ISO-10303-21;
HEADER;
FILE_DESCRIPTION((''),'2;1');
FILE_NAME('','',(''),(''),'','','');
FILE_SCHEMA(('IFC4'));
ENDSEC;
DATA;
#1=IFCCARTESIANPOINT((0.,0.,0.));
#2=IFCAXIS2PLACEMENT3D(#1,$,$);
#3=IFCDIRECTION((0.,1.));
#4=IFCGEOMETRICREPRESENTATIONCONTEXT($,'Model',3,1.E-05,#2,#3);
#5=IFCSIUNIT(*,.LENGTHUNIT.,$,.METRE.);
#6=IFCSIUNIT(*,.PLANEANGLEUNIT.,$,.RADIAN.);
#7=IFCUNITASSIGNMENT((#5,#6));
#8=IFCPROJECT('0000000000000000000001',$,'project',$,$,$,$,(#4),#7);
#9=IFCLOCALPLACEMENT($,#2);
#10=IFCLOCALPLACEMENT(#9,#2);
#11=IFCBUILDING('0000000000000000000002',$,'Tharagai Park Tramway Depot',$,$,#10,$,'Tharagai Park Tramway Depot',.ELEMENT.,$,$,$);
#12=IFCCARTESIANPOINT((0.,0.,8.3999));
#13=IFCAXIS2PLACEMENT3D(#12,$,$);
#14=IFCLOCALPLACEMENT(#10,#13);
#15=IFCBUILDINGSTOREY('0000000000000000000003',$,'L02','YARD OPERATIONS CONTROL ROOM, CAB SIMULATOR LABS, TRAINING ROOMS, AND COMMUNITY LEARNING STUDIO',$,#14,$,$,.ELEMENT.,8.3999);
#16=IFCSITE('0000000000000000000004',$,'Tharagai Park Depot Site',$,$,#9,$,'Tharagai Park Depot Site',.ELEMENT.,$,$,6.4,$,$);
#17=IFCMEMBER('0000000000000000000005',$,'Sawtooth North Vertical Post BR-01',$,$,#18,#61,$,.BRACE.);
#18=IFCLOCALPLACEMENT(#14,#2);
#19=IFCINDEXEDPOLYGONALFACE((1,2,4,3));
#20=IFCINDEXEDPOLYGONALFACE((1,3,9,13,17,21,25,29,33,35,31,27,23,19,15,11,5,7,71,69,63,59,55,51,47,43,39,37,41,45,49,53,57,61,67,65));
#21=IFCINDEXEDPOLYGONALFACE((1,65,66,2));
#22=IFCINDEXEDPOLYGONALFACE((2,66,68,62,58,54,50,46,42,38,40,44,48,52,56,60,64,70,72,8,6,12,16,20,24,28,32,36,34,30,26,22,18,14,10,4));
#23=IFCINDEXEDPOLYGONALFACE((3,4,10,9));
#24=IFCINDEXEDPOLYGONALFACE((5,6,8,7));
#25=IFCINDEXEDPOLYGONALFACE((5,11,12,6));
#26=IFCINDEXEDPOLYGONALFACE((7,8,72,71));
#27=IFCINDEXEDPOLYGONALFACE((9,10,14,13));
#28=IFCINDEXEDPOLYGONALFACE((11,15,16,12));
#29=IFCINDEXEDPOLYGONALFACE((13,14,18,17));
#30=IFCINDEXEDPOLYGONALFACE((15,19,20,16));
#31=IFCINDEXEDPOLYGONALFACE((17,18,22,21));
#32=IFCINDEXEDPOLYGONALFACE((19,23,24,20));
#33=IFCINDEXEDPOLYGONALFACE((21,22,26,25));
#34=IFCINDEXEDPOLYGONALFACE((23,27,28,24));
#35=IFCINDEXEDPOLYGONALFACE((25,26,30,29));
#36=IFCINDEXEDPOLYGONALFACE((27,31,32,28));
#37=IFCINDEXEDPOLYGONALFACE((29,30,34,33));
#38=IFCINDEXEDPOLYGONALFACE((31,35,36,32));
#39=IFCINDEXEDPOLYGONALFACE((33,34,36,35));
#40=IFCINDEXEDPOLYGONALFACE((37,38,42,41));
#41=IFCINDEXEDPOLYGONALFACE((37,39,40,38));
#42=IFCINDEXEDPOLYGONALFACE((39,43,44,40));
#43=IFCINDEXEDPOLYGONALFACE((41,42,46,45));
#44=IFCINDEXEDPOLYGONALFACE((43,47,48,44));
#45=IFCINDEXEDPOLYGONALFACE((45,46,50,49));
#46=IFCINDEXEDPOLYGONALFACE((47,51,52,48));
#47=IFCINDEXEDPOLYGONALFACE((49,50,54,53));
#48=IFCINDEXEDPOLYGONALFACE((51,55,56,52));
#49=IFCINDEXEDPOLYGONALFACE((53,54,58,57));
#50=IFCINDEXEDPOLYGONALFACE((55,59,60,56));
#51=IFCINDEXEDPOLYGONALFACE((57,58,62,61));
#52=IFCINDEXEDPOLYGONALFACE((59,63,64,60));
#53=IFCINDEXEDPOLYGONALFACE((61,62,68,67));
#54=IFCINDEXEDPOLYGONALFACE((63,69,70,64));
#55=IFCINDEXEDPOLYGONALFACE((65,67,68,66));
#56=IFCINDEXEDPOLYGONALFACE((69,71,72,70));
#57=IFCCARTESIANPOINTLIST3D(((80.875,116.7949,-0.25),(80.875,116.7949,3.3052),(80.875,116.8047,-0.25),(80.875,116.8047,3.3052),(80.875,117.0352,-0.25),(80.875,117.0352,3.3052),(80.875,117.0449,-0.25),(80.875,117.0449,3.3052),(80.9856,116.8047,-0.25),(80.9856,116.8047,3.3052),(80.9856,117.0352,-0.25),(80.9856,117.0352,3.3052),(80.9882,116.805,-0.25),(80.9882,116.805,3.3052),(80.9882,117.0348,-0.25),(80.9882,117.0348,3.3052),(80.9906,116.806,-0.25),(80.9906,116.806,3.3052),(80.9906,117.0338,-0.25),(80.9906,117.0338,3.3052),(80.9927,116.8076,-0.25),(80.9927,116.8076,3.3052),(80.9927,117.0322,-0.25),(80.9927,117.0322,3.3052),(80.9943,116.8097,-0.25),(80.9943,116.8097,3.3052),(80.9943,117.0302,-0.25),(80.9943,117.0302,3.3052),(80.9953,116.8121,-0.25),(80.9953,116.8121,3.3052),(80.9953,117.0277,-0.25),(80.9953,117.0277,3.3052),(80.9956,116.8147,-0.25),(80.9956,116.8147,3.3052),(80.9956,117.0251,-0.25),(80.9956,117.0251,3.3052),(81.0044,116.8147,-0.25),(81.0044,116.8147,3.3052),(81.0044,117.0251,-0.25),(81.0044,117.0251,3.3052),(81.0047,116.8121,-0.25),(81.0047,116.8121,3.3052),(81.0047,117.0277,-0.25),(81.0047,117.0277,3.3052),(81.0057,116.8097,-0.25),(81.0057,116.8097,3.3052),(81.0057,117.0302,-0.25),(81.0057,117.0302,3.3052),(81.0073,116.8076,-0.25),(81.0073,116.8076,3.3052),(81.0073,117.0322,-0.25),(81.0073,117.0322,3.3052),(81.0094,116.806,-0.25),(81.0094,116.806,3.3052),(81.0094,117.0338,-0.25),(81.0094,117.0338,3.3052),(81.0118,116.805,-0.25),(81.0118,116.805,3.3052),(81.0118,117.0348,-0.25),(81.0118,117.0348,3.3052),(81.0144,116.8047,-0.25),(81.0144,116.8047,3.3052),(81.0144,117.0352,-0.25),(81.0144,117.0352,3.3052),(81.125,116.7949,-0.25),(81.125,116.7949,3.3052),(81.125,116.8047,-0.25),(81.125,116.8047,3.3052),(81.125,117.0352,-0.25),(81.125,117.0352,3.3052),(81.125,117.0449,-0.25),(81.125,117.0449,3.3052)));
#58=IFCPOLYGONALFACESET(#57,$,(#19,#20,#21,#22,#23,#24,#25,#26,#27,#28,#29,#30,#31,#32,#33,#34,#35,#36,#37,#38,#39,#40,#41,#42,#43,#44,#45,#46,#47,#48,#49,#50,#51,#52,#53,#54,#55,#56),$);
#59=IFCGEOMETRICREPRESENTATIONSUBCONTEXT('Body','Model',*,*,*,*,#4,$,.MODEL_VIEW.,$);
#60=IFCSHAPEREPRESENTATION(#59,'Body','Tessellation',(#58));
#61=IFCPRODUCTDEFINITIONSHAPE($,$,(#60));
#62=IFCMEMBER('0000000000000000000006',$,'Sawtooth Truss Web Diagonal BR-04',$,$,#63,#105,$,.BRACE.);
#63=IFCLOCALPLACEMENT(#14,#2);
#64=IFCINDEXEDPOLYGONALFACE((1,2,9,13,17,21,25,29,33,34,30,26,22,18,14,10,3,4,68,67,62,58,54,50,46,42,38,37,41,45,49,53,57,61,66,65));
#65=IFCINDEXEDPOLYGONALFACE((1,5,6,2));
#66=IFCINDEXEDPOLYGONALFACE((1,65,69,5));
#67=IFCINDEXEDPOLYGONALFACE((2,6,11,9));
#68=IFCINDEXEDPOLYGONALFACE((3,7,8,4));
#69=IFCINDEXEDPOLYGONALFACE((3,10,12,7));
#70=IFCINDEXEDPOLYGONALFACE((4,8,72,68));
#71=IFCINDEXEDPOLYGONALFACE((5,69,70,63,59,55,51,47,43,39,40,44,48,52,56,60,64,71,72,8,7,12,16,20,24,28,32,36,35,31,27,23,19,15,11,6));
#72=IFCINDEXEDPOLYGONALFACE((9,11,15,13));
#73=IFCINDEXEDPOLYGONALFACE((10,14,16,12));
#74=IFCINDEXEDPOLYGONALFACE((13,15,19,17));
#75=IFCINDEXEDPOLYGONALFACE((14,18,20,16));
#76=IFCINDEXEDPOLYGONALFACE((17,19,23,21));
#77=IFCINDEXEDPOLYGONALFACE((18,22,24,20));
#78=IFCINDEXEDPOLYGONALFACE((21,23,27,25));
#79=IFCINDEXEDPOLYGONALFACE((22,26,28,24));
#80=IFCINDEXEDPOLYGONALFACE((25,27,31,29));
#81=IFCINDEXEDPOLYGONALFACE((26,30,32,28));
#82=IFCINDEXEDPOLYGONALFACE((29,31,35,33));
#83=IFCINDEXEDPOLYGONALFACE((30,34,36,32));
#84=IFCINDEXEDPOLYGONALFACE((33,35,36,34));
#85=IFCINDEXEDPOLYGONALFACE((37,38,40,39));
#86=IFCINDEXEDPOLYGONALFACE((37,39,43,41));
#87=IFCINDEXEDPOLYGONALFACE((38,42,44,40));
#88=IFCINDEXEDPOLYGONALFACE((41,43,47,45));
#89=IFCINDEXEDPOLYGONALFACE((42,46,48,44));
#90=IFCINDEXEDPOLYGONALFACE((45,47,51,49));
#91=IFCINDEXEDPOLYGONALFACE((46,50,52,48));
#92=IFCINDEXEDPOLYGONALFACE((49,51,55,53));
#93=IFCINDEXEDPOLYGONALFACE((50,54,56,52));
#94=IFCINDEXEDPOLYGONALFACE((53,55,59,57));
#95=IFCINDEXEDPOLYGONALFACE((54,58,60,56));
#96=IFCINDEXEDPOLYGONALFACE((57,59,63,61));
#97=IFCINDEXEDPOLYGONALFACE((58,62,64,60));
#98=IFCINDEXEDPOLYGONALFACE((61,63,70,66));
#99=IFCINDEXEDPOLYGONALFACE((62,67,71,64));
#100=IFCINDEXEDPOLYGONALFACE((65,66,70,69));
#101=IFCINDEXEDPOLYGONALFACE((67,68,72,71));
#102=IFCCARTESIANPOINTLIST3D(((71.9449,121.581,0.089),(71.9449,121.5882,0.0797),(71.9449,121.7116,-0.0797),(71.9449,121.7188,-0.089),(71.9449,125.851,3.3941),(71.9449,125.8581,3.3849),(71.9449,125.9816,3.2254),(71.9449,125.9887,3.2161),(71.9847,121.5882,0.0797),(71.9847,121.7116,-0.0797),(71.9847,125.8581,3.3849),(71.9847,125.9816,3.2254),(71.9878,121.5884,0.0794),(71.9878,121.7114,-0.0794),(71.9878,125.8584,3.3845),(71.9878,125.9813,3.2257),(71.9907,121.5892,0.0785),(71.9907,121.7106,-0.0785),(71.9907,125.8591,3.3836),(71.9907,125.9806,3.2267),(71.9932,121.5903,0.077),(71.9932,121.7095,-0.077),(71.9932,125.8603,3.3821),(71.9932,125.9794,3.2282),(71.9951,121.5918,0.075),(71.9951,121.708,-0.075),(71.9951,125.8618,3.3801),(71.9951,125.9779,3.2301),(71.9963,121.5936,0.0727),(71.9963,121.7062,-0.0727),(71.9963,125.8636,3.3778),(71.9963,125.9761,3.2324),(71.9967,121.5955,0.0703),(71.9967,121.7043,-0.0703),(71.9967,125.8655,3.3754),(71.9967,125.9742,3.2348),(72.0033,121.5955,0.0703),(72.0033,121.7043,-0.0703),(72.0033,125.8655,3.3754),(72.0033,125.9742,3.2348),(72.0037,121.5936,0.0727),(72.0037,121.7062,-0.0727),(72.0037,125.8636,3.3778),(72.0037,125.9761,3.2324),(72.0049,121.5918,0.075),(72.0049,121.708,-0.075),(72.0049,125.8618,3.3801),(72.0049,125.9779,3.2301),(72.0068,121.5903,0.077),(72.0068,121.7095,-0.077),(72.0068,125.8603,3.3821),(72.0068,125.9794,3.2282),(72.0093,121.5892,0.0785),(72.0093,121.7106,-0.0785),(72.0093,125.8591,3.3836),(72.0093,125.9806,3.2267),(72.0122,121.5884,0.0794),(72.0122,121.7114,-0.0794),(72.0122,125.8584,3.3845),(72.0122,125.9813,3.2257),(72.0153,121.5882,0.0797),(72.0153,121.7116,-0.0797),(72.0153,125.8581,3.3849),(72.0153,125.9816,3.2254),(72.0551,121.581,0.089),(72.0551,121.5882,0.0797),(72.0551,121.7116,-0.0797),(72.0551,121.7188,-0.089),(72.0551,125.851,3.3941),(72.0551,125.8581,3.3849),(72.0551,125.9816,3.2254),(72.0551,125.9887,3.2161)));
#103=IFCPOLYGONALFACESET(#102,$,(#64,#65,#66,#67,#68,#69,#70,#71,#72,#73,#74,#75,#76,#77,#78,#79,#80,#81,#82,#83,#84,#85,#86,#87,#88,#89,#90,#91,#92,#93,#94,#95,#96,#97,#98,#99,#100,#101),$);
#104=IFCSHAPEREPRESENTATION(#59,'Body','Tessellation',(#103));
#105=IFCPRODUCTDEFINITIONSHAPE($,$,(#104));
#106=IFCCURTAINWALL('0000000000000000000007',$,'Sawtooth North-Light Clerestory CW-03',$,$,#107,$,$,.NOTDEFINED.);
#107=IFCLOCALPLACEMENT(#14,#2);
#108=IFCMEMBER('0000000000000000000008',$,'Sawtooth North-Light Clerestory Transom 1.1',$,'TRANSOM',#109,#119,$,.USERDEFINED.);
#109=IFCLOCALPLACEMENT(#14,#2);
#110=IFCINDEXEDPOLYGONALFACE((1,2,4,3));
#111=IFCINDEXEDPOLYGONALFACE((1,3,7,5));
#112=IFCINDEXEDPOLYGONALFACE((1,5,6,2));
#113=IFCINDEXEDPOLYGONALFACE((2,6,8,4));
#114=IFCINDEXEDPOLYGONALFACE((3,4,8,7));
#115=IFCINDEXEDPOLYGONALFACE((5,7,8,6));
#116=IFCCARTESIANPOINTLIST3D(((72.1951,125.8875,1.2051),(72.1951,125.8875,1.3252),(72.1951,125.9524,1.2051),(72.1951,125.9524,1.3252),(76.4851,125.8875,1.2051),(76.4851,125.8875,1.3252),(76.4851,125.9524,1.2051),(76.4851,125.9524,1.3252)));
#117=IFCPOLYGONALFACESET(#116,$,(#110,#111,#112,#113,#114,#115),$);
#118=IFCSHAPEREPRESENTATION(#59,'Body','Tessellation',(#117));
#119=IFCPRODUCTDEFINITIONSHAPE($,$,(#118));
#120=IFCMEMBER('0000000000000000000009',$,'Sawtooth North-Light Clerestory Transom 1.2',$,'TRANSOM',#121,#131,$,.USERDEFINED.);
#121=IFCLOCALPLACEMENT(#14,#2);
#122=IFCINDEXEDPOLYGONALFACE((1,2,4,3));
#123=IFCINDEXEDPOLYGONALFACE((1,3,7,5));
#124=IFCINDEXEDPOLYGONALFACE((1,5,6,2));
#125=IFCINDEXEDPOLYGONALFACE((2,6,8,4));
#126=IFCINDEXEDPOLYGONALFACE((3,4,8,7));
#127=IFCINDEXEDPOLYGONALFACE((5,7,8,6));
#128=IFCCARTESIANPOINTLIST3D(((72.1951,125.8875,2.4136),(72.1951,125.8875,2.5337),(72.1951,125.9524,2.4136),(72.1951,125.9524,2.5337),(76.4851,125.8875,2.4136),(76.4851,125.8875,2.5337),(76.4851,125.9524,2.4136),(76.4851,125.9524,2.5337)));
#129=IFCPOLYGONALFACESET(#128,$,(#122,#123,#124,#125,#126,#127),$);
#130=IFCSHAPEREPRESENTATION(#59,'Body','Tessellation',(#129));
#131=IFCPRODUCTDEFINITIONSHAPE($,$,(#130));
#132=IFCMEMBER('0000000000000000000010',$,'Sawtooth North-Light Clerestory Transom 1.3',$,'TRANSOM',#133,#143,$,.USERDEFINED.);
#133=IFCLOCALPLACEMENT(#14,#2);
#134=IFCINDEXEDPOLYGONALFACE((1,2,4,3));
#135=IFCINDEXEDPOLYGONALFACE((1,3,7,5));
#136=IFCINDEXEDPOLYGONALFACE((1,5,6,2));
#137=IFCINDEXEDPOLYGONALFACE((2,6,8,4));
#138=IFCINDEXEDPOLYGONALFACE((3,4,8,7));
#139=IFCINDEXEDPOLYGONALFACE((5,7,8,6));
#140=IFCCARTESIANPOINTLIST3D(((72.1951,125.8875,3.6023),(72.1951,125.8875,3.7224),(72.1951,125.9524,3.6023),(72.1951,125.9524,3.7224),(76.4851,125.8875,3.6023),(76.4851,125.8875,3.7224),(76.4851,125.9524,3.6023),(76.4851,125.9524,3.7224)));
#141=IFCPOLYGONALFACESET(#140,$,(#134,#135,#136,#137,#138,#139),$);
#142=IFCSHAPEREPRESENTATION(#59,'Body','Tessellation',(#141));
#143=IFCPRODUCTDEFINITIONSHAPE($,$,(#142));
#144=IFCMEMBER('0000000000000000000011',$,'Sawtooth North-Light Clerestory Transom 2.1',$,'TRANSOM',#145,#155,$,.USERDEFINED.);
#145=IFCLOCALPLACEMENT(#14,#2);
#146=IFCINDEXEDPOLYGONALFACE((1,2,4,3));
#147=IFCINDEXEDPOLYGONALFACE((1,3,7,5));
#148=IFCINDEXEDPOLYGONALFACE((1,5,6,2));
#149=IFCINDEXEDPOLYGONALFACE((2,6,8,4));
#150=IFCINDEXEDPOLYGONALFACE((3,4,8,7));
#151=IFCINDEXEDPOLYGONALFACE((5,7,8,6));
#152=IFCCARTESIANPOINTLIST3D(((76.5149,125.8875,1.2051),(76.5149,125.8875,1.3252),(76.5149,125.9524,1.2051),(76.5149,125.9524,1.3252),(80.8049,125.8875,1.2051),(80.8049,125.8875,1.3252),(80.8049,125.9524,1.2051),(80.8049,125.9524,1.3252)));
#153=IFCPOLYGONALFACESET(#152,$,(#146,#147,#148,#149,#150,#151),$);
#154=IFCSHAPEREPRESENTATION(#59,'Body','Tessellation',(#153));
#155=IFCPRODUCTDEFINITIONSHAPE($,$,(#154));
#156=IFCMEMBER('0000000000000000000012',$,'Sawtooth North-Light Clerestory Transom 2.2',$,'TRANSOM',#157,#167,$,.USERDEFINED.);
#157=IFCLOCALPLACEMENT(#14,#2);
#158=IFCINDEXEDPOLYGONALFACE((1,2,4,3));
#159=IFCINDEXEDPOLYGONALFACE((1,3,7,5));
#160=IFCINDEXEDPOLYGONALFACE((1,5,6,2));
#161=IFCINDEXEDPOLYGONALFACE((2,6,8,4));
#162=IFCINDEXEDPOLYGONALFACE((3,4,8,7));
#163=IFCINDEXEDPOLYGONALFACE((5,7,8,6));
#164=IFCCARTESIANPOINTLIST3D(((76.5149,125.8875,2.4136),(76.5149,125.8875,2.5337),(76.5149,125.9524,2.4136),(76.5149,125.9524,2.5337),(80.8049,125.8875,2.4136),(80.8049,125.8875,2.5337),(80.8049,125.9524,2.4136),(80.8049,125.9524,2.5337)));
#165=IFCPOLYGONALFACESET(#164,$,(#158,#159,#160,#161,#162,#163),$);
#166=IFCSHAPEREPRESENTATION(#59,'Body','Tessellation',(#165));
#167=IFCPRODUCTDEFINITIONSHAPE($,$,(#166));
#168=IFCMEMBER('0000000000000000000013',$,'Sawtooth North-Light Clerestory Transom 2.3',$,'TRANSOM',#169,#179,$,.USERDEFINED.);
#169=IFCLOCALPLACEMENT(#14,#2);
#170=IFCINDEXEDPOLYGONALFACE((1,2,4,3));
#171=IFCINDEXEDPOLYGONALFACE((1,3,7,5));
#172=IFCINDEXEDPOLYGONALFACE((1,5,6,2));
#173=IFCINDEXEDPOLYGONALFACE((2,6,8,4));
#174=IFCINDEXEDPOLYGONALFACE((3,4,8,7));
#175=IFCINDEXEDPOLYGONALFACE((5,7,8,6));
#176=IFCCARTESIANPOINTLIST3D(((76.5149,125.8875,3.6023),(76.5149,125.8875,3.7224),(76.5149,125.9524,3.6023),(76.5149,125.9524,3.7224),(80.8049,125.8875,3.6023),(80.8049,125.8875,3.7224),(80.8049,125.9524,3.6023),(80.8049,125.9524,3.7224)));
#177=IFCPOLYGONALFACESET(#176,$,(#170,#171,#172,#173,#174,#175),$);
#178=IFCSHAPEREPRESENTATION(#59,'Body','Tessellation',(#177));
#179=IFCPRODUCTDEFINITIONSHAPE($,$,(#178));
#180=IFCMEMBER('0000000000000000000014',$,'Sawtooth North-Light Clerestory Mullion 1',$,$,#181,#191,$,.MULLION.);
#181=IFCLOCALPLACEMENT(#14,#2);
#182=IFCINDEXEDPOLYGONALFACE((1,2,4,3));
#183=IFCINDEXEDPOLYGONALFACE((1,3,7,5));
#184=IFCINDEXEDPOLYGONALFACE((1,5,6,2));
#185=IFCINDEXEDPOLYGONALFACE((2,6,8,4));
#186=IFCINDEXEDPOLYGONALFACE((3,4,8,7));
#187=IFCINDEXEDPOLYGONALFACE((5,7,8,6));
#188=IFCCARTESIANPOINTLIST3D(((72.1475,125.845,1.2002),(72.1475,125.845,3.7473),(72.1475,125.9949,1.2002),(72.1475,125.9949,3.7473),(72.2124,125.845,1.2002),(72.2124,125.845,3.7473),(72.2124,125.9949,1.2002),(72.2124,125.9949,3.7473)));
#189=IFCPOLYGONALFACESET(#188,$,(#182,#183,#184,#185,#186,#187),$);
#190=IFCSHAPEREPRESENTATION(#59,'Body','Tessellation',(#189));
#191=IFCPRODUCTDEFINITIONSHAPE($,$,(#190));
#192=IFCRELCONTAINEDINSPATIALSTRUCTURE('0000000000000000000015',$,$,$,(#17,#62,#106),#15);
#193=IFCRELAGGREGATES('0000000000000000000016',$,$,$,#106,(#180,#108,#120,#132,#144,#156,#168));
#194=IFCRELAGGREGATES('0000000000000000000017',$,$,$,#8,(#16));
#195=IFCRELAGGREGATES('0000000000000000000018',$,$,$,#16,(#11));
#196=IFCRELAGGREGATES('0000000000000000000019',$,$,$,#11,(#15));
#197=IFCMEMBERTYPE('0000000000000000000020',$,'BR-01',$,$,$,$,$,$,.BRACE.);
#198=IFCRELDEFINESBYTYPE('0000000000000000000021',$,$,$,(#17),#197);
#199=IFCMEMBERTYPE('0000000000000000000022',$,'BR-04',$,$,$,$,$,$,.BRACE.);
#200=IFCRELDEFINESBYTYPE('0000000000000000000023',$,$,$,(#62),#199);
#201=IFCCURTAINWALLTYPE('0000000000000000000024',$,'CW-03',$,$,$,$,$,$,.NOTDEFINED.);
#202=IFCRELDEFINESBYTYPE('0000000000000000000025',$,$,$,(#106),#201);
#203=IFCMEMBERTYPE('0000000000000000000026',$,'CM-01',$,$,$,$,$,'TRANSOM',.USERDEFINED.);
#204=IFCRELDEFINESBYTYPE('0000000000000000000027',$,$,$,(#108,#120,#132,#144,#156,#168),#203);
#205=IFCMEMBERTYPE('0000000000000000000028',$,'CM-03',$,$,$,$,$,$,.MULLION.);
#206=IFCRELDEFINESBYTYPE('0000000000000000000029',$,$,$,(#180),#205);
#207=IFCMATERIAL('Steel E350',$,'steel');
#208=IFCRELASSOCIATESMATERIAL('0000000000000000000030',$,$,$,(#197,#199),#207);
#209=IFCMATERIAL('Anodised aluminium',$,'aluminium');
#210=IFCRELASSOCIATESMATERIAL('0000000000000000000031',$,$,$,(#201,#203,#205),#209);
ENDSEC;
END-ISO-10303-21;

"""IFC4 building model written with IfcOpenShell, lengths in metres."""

from ifc_helpers import new_model, si_unit, direction, frame, origin, origin_2d, place, context, subcontext, project, spatial, rectangle, i_section, extrude, material, material_profile, profile_set, type_object, element, aggregate, save


model = new_model("IFC4")

# Units and contexts
model_context = context("Model", 3, precision=1e-05, world=origin(), true_north=direction((0.0, 1.0)))
body_context = subcontext(model_context, "Body", "Model", "MODEL_VIEW")
ifc_project = project(units=[si_unit("LENGTHUNIT", "METRE"), si_unit("PLANEANGLEUNIT", "RADIAN")], contexts=[model_context])

# Site, building, storey
site_placement = place(None, origin())
site = spatial("IfcSite", under=ifc_project, at=site_placement, Name="Tharagai Park Depot Site", LongName="Tharagai Park Depot Site", CompositionType="ELEMENT", RefElevation=6.4)
building_placement = place(site_placement, origin())
building = spatial("IfcBuilding", under=site, at=building_placement, Name="Tharagai Park Tramway Depot", LongName="Tharagai Park Tramway Depot", CompositionType="ELEMENT")
storey_placement = place(building_placement, frame((0.0, 0.0, 8.3999)))
storey = spatial("IfcBuildingStorey", under=building, at=storey_placement, Name="L02", Description="YARD OPERATIONS CONTROL ROOM, CAB SIMULATOR LABS, TRAINING ROOMS, AND COMMUNITY LEARNING STUDIO", CompositionType="ELEMENT", Elevation=8.3999)

# Shared definitions
ifc_material_1 = material(Name="Steel E350", Category="steel")

# Members
ifc_material_profile_1 = material_profile(ifc_material_1, i_section(OverallWidth=0.25, OverallDepth=0.25, WebThickness=0.0088, FlangeThickness=0.0098, FilletRadius=0.01, at=origin_2d()), Name="ISHB 250")
ifc_profile_set_1 = profile_set([ifc_material_profile_1], Name="Steel E350")
member_type_1 = type_object("IfcMemberType", Name="BR-01", PredefinedType="BRACE", material=ifc_profile_set_1)
for number, where, z_axis, x_axis, name in (
    (1, (81.0, 116.9199, -0.25), (0.0, 0.0, 1.0), (1.0, 0.0, 0.0), "Sawtooth North Vertical Post BR-01"),
):
    element("IfcMember", number, at=place(storey_placement, frame(where, z_axis=z_axis, x_axis=x_axis)), inside=storey, type_object=member_type_1, Name=name, PredefinedType="BRACE", context=body_context, shape_type="SweptSolid", body=[
        extrude(i_section(OverallWidth=0.25, OverallDepth=0.25, WebThickness=0.0088, FlangeThickness=0.0098, FilletRadius=0.01, at=origin_2d()), origin(), (0.0, 0.0, 1.0), 3.5552),
    ])
ifc_material_profile_2 = material_profile(ifc_material_1, i_section(OverallWidth=0.1101, OverallDepth=0.2251, WebThickness=0.0066, FlangeThickness=0.0117, FilletRadius=0.012, at=origin_2d()), Name="ISMB 225")
ifc_profile_set_2 = profile_set([ifc_material_profile_2], Name="Steel E350")
member_type_2 = type_object("IfcMemberType", Name="BR-04", PredefinedType="BRACE", material=ifc_profile_set_2)
member_1_placement = place(storey_placement, frame((72.0, 121.6499, 0.0), z_axis=(0.0, 0.790782, 0.612098), x_axis=(-1.0, 0.0, 0.0)))
element("IfcMember", 2, at=member_1_placement, inside=storey, type_object=member_type_2, Name="Sawtooth Truss Web Diagonal BR-04", PredefinedType="BRACE", context=body_context, shape_type="SweptSolid", body=[
    extrude(i_section(OverallWidth=0.1101, OverallDepth=0.2251, WebThickness=0.0066, FlangeThickness=0.0117, FilletRadius=0.012, at=origin_2d()), origin(), (0.0, 0.0, 1.0), 5.3997),
])

# Curtain wall, members
ifc_material_2 = material(Name="Anodised aluminium", Category="aluminium")
curtain_wall_type = type_object("IfcCurtainWallType", Name="CW-03", PredefinedType="NOTDEFINED", material=ifc_material_2)
curtain_wall_placement = place(storey_placement, origin())
curtain_wall = element("IfcCurtainWall", 3, at=curtain_wall_placement, inside=storey, type_object=curtain_wall_type, Name="Sawtooth North-Light Clerestory CW-03", PredefinedType="NOTDEFINED")
ifc_material_profile_3 = material_profile(ifc_material_2, rectangle(XDim=0.0649, YDim=0.1201, at=origin_2d()), Name="ALU 65x120")
ifc_profile_set_3 = profile_set([ifc_material_profile_3], Name="Anodised aluminium")
member_type_3 = type_object("IfcMemberType", Name="CM-01", ElementType="TRANSOM", PredefinedType="USERDEFINED", material=ifc_profile_set_3)
member_2_placement = place(storey_placement, frame((72.1951, 125.9199, 1.2651), z_axis=(1.0, 0.0, 0.0), x_axis=(0.0, 1.0, 0.0)))
member_2 = element("IfcMember", 4, at=member_2_placement, type_object=member_type_3, Name="Sawtooth North-Light Clerestory Transom 1.1", ObjectType="TRANSOM", PredefinedType="USERDEFINED", context=body_context, shape_type="SweptSolid", body=[
    extrude(rectangle(XDim=0.0649, YDim=0.1201, at=origin_2d()), origin(), (0.0, 0.0, 1.0), 4.29),
])
member_3_placement = place(storey_placement, frame((72.1951, 125.9199, 2.4736), z_axis=(1.0, 0.0, 0.0), x_axis=(0.0, 1.0, 0.0)))
member_3 = element("IfcMember", 5, at=member_3_placement, type_object=member_type_3, Name="Sawtooth North-Light Clerestory Transom 1.2", ObjectType="TRANSOM", PredefinedType="USERDEFINED", context=body_context, shape_type="SweptSolid", body=[
    extrude(rectangle(XDim=0.0649, YDim=0.1201, at=origin_2d()), origin(), (0.0, 0.0, 1.0), 4.29),
])
member_4_placement = place(storey_placement, frame((72.1951, 125.9199, 3.6624), z_axis=(1.0, 0.0, 0.0), x_axis=(0.0, 1.0, 0.0)))
member_4 = element("IfcMember", 6, at=member_4_placement, type_object=member_type_3, Name="Sawtooth North-Light Clerestory Transom 1.3", ObjectType="TRANSOM", PredefinedType="USERDEFINED", context=body_context, shape_type="SweptSolid", body=[
    extrude(rectangle(XDim=0.0649, YDim=0.1201, at=origin_2d()), origin(), (0.0, 0.0, 1.0), 4.29),
])
member_5_placement = place(storey_placement, frame((76.5149, 125.9199, 1.2651), z_axis=(1.0, 0.0, 0.0), x_axis=(0.0, 1.0, 0.0)))
member_5 = element("IfcMember", 7, at=member_5_placement, type_object=member_type_3, Name="Sawtooth North-Light Clerestory Transom 2.1", ObjectType="TRANSOM", PredefinedType="USERDEFINED", context=body_context, shape_type="SweptSolid", body=[
    extrude(rectangle(XDim=0.0649, YDim=0.1201, at=origin_2d()), origin(), (0.0, 0.0, 1.0), 4.29),
])
member_6_placement = place(storey_placement, frame((76.5149, 125.9199, 2.4736), z_axis=(1.0, 0.0, 0.0), x_axis=(0.0, 1.0, 0.0)))
member_6 = element("IfcMember", 8, at=member_6_placement, type_object=member_type_3, Name="Sawtooth North-Light Clerestory Transom 2.2", ObjectType="TRANSOM", PredefinedType="USERDEFINED", context=body_context, shape_type="SweptSolid", body=[
    extrude(rectangle(XDim=0.0649, YDim=0.1201, at=origin_2d()), origin(), (0.0, 0.0, 1.0), 4.29),
])
member_7_placement = place(storey_placement, frame((76.5149, 125.9199, 3.6624), z_axis=(1.0, 0.0, 0.0), x_axis=(0.0, 1.0, 0.0)))
member_7 = element("IfcMember", 9, at=member_7_placement, type_object=member_type_3, Name="Sawtooth North-Light Clerestory Transom 2.3", ObjectType="TRANSOM", PredefinedType="USERDEFINED", context=body_context, shape_type="SweptSolid", body=[
    extrude(rectangle(XDim=0.0649, YDim=0.1201, at=origin_2d()), origin(), (0.0, 0.0, 1.0), 4.29),
])
ifc_material_profile_4 = material_profile(ifc_material_2, rectangle(XDim=0.0649, YDim=0.1499, at=origin_2d()), Name="ALU 65x150")
ifc_profile_set_4 = profile_set([ifc_material_profile_4], Name="Anodised aluminium")
member_type_4 = type_object("IfcMemberType", Name="CM-03", PredefinedType="MULLION", material=ifc_profile_set_4)
member_8_placement = place(storey_placement, frame((72.1799, 125.9199, 1.2002), z_axis=(0.0, 0.0, 1.0), x_axis=(1.0, 0.0, 0.0)))
member_8 = element("IfcMember", 10, at=member_8_placement, type_object=member_type_4, Name="Sawtooth North-Light Clerestory Mullion 1", PredefinedType="MULLION", context=body_context, shape_type="SweptSolid", body=[
    extrude(rectangle(XDim=0.0649, YDim=0.1499, at=origin_2d()), origin(), (0.0, 0.0, 1.0), 2.5471),
])

aggregate(curtain_wall, [member_8, member_2, member_3, member_4, member_5, member_6, member_7])

save(model, "model.ifc")
